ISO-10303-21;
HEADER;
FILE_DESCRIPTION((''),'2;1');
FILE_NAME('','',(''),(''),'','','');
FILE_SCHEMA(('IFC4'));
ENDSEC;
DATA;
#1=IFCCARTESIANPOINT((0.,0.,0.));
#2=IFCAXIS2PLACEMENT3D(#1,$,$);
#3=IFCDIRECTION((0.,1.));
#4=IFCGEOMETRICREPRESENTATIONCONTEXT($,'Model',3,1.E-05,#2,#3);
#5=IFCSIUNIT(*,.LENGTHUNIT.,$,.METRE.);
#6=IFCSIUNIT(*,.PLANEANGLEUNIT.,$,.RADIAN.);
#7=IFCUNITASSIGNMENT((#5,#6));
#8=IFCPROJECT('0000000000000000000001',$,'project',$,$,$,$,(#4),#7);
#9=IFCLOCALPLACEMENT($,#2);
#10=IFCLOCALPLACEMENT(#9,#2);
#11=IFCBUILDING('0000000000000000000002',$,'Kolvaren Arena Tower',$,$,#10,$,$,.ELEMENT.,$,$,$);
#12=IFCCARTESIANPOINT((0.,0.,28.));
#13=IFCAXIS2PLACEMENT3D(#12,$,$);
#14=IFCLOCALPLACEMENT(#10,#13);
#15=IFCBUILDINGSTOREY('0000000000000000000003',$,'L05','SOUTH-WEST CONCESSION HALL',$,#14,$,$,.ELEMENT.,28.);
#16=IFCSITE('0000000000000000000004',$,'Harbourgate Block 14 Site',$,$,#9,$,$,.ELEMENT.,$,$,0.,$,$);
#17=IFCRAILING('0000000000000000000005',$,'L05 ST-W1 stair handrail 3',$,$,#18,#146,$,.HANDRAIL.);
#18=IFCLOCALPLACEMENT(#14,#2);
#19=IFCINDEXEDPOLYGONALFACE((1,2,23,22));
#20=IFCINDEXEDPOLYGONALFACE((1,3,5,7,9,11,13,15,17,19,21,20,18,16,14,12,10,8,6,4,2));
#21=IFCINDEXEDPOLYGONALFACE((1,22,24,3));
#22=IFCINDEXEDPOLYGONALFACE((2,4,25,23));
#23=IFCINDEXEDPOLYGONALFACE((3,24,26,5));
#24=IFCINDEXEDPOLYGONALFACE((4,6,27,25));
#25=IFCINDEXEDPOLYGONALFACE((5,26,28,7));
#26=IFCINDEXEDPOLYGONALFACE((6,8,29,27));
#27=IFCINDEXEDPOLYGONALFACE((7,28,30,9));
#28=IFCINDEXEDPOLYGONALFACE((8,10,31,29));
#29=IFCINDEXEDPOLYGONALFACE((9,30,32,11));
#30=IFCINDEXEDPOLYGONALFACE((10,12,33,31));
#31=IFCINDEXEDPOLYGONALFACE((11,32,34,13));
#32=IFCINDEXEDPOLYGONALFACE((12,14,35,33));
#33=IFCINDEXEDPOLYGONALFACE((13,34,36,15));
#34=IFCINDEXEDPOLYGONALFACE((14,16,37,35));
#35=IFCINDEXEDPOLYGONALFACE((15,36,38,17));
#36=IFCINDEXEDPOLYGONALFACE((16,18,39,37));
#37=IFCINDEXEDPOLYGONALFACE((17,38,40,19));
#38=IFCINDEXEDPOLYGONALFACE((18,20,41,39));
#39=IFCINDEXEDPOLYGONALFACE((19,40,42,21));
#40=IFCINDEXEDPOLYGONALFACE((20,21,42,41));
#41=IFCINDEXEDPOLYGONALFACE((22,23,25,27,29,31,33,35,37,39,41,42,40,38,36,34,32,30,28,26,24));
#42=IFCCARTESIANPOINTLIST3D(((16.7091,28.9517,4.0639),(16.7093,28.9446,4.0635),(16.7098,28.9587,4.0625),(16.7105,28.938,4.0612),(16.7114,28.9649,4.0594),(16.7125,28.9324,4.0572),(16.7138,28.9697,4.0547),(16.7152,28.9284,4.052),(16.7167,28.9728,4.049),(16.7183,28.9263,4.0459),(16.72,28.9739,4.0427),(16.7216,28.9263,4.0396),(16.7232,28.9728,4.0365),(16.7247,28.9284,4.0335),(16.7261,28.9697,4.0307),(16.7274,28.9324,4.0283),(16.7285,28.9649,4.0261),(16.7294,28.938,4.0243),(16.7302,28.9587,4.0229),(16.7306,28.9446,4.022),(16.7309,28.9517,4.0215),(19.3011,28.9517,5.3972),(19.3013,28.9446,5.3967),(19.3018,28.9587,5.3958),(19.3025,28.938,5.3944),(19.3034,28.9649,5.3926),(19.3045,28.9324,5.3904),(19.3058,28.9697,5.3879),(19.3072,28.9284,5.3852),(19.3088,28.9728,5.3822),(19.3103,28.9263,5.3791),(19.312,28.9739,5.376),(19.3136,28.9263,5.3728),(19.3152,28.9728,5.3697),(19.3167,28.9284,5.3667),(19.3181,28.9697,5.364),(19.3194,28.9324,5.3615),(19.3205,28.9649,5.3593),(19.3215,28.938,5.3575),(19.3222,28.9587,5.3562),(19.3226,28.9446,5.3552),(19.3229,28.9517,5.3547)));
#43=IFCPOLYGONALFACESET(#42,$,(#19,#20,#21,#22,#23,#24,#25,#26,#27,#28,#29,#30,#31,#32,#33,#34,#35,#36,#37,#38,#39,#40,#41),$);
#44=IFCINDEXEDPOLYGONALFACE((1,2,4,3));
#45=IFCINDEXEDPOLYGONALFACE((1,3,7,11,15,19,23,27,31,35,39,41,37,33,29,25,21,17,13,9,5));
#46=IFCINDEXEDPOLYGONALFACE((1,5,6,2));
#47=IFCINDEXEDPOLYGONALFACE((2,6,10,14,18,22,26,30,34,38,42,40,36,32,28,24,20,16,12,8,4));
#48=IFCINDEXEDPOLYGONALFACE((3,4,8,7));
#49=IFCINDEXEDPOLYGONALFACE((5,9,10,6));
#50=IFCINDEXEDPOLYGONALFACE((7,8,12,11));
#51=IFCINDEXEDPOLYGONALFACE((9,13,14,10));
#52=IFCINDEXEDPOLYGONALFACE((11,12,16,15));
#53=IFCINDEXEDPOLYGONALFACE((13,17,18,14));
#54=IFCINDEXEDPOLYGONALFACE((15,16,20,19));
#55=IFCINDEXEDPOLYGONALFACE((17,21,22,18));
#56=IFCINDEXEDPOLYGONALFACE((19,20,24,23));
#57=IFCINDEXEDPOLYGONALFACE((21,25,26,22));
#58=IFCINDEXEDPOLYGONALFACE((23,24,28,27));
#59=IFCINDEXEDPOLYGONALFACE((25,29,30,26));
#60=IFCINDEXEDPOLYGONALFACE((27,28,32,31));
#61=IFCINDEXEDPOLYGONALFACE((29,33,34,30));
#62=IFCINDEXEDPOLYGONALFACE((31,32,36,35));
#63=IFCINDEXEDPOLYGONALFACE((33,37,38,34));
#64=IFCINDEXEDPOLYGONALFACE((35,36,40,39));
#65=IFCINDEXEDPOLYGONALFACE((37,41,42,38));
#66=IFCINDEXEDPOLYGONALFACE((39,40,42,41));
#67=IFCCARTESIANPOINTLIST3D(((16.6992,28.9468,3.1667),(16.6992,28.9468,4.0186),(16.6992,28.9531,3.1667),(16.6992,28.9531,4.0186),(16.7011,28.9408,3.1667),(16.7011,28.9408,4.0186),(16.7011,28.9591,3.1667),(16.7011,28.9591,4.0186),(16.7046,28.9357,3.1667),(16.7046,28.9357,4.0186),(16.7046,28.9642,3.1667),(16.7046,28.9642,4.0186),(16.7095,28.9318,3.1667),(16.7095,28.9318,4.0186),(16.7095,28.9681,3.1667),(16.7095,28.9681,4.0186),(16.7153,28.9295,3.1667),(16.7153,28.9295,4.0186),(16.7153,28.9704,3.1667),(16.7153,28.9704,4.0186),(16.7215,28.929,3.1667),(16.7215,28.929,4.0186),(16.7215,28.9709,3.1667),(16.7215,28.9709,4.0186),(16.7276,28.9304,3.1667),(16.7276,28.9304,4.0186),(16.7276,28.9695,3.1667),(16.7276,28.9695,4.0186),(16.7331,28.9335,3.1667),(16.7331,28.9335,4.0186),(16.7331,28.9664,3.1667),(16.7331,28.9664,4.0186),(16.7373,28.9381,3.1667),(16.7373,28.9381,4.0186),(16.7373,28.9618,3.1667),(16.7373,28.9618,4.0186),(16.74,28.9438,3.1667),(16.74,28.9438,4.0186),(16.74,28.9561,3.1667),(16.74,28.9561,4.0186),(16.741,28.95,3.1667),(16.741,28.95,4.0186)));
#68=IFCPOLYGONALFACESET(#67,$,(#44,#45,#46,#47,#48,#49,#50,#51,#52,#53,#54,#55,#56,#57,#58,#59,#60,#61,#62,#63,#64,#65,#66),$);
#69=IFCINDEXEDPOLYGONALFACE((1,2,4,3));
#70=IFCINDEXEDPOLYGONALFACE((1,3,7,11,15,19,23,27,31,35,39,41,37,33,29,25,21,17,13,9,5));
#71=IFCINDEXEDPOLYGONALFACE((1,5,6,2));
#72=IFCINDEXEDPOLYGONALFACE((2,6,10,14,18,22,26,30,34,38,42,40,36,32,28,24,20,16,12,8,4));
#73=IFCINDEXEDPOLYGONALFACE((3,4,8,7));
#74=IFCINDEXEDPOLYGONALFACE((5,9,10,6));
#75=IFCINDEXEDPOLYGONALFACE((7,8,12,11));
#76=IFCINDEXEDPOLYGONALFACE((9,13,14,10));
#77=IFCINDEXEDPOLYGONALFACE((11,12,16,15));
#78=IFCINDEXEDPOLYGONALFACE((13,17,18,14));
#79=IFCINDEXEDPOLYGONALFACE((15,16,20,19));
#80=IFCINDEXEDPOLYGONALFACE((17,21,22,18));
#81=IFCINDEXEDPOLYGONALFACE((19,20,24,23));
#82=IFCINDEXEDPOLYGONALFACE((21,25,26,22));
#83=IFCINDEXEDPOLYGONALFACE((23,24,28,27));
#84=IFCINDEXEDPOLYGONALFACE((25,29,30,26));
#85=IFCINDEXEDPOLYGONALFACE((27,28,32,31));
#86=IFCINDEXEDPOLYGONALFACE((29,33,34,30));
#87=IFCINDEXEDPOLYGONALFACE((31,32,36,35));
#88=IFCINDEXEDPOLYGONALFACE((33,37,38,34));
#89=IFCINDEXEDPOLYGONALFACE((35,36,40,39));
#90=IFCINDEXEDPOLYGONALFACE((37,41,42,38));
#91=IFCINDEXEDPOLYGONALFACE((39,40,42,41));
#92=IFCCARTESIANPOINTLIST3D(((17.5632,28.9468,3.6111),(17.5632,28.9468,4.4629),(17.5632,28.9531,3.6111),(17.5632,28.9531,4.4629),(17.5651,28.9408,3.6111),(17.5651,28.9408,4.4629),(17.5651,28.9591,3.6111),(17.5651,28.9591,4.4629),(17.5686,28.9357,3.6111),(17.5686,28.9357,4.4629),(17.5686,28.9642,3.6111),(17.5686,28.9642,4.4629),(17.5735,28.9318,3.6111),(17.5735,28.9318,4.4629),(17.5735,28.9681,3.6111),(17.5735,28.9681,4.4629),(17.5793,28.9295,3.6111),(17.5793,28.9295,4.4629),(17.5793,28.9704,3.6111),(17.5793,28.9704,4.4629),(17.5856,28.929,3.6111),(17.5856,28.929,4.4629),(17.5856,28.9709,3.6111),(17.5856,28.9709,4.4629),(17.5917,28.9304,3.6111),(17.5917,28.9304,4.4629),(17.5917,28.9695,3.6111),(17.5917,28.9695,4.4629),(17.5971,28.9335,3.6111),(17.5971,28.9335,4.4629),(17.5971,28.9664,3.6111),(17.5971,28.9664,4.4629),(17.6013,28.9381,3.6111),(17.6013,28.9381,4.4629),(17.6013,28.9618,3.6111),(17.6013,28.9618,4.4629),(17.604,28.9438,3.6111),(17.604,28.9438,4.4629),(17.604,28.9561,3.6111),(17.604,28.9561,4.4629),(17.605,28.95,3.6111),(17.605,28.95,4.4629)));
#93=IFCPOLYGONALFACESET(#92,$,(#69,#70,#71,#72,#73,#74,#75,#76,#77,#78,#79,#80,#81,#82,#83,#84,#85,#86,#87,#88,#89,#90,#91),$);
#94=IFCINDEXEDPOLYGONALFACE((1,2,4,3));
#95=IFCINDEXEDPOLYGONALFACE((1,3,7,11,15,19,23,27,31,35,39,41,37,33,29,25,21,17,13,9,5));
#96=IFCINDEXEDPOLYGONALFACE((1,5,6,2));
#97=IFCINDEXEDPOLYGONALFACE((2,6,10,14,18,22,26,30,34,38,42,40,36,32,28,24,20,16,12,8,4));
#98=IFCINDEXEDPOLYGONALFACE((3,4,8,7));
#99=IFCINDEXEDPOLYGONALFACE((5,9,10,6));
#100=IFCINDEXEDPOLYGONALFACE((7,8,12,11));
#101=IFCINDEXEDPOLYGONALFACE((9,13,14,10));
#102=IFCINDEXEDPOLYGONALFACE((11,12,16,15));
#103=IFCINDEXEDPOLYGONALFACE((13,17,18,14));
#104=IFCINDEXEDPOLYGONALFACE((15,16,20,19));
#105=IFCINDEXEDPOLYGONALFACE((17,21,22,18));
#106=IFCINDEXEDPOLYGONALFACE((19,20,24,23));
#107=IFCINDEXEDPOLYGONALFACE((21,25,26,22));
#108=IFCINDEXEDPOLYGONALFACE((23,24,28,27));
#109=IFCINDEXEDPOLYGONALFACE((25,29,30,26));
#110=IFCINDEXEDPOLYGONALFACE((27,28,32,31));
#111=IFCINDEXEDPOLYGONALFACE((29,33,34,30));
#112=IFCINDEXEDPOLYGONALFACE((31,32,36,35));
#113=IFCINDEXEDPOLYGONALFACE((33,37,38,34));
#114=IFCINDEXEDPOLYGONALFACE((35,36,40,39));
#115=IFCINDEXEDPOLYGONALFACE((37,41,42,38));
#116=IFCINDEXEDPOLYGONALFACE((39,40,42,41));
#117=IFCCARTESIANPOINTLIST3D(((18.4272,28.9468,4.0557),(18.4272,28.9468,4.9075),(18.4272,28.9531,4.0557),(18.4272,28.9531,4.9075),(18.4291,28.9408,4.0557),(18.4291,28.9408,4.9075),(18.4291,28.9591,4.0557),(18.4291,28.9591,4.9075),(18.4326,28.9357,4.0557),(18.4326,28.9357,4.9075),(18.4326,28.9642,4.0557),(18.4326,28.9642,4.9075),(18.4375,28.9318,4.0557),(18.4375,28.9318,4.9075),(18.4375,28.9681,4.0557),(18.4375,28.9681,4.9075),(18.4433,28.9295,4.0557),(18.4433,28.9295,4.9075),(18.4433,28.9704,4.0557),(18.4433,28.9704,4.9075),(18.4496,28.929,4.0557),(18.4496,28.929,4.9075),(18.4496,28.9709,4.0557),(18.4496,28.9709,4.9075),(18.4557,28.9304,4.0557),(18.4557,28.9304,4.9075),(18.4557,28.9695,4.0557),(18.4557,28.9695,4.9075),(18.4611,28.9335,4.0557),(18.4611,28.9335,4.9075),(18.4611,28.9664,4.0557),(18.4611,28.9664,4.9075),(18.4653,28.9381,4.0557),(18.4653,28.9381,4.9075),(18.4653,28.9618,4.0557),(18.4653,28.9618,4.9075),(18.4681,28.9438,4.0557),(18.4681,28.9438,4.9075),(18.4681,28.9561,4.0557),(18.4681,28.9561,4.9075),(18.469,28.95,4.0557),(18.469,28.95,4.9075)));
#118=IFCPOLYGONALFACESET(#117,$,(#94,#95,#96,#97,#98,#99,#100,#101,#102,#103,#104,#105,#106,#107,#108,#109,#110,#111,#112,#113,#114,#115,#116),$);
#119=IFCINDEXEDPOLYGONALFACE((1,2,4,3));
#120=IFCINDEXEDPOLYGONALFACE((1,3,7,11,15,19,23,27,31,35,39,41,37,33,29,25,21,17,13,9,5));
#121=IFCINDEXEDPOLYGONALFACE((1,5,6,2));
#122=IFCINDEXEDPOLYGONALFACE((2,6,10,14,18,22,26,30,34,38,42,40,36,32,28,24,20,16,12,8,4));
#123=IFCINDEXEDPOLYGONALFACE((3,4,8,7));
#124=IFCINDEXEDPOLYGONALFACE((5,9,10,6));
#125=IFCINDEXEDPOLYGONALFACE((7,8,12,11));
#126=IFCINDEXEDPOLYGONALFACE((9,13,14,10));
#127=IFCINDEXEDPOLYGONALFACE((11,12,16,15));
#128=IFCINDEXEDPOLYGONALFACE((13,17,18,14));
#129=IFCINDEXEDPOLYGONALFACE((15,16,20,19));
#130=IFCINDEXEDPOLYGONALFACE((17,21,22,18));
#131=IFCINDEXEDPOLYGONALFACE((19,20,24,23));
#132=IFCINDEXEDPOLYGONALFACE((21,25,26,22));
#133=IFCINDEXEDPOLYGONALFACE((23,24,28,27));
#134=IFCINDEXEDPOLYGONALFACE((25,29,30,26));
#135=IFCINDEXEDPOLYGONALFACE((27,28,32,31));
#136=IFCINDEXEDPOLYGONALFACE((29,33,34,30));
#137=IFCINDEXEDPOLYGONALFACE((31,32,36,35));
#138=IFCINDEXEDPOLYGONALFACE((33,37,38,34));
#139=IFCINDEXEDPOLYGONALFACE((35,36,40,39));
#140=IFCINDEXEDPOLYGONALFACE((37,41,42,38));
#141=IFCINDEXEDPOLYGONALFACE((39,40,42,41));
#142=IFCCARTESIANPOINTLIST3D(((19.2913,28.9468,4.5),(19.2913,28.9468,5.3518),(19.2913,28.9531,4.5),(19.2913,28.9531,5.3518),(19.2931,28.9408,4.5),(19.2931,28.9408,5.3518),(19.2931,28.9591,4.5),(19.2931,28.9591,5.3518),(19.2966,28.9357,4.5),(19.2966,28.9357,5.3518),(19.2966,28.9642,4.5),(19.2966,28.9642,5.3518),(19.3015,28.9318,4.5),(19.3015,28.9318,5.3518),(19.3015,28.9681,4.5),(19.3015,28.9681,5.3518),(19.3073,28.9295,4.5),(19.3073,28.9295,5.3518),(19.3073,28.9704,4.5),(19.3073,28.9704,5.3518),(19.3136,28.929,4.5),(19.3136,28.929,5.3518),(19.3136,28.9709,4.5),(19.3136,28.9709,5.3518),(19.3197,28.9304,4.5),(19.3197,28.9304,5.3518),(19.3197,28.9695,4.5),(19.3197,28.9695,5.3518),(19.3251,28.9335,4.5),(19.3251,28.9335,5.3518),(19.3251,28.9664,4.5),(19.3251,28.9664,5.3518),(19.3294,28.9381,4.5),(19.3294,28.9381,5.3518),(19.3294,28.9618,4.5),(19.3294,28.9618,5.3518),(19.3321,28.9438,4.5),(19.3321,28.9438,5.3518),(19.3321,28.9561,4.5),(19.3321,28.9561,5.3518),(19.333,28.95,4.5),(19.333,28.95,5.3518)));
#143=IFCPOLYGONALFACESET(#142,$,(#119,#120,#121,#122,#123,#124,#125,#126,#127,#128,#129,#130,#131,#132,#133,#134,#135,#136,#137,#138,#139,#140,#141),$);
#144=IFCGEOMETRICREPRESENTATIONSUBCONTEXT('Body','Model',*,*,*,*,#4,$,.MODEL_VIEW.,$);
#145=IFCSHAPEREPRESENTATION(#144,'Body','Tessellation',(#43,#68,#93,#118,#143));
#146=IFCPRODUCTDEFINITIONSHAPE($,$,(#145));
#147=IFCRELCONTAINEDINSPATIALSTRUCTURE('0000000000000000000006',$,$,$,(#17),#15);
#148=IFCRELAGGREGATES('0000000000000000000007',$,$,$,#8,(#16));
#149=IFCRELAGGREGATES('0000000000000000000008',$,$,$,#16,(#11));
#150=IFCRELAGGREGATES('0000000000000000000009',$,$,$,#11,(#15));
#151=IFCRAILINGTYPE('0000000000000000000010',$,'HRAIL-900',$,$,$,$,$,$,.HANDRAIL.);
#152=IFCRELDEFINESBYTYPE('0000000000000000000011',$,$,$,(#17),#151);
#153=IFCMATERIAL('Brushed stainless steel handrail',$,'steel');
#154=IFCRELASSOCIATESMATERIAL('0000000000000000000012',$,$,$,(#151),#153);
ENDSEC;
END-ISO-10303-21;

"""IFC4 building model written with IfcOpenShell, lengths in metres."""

from ifc_helpers import new_model, si_unit, direction, frame, origin, origin_2d, place, context, subcontext, project, spatial, circle, extrude, material, type_object, element, save


model = new_model("IFC4")

# Units and contexts
model_context = context("Model", 3, precision=1e-05, world=origin(), true_north=direction((0.0, 1.0)))
body_context = subcontext(model_context, "Body", "Model", "MODEL_VIEW")
ifc_project = project(units=[si_unit("LENGTHUNIT", "METRE"), si_unit("PLANEANGLEUNIT", "RADIAN")], contexts=[model_context])

# Site, building, storey
site_placement = place(None, origin())
site = spatial("IfcSite", under=ifc_project, at=site_placement, Name="Harbourgate Block 14 Site", CompositionType="ELEMENT", RefElevation=0.0)
building_placement = place(site_placement, origin())
building = spatial("IfcBuilding", under=site, at=building_placement, Name="Kolvaren Arena Tower", CompositionType="ELEMENT")
storey_placement = place(building_placement, frame((0.0, 0.0, 28.0)))
storey = spatial("IfcBuildingStorey", under=building, at=storey_placement, Name="L05", Description="SOUTH-WEST CONCESSION HALL", CompositionType="ELEMENT", Elevation=28.0)

# Railing
ifc_material_1 = material(Name="Brushed stainless steel handrail", Category="steel")
railing_type_1 = type_object("IfcRailingType", Name="HRAIL-900", PredefinedType="HANDRAIL", material=ifc_material_1)
railing_1_placement = place(storey_placement, frame((16.72, 28.95, 3.1667)))
element("IfcRailing", 1, at=railing_1_placement, inside=storey, type_object=railing_type_1, Name="L05 ST-W1 stair handrail 3", PredefinedType="HANDRAIL", context=body_context, shape_type="SweptSolid", body=[
    extrude(circle(Radius=0.0239, at=origin_2d()), frame((0.0, 0.0, 0.876), z_axis=(0.88926, 0.0, 0.457403), x_axis=(0.0, 1.0, 0.0)), (0.0, 0.0, 1.0), 2.9148),
    extrude(circle(Radius=0.021, at=origin_2d()), origin(), (0.0, 0.0, 1.0), 0.8518),
    extrude(circle(Radius=0.021, at=origin_2d()), frame((0.864, 0.0, 0.4443)), (0.0, 0.0, 1.0), 0.8518),
    extrude(circle(Radius=0.021, at=origin_2d()), frame((1.728, 0.0, 0.8889)), (0.0, 0.0, 1.0), 0.8518),
    extrude(circle(Radius=0.021, at=origin_2d()), frame((2.592, 0.0, 1.3333)), (0.0, 0.0, 1.0), 0.8518),
])

save(model, "model.ifc")
